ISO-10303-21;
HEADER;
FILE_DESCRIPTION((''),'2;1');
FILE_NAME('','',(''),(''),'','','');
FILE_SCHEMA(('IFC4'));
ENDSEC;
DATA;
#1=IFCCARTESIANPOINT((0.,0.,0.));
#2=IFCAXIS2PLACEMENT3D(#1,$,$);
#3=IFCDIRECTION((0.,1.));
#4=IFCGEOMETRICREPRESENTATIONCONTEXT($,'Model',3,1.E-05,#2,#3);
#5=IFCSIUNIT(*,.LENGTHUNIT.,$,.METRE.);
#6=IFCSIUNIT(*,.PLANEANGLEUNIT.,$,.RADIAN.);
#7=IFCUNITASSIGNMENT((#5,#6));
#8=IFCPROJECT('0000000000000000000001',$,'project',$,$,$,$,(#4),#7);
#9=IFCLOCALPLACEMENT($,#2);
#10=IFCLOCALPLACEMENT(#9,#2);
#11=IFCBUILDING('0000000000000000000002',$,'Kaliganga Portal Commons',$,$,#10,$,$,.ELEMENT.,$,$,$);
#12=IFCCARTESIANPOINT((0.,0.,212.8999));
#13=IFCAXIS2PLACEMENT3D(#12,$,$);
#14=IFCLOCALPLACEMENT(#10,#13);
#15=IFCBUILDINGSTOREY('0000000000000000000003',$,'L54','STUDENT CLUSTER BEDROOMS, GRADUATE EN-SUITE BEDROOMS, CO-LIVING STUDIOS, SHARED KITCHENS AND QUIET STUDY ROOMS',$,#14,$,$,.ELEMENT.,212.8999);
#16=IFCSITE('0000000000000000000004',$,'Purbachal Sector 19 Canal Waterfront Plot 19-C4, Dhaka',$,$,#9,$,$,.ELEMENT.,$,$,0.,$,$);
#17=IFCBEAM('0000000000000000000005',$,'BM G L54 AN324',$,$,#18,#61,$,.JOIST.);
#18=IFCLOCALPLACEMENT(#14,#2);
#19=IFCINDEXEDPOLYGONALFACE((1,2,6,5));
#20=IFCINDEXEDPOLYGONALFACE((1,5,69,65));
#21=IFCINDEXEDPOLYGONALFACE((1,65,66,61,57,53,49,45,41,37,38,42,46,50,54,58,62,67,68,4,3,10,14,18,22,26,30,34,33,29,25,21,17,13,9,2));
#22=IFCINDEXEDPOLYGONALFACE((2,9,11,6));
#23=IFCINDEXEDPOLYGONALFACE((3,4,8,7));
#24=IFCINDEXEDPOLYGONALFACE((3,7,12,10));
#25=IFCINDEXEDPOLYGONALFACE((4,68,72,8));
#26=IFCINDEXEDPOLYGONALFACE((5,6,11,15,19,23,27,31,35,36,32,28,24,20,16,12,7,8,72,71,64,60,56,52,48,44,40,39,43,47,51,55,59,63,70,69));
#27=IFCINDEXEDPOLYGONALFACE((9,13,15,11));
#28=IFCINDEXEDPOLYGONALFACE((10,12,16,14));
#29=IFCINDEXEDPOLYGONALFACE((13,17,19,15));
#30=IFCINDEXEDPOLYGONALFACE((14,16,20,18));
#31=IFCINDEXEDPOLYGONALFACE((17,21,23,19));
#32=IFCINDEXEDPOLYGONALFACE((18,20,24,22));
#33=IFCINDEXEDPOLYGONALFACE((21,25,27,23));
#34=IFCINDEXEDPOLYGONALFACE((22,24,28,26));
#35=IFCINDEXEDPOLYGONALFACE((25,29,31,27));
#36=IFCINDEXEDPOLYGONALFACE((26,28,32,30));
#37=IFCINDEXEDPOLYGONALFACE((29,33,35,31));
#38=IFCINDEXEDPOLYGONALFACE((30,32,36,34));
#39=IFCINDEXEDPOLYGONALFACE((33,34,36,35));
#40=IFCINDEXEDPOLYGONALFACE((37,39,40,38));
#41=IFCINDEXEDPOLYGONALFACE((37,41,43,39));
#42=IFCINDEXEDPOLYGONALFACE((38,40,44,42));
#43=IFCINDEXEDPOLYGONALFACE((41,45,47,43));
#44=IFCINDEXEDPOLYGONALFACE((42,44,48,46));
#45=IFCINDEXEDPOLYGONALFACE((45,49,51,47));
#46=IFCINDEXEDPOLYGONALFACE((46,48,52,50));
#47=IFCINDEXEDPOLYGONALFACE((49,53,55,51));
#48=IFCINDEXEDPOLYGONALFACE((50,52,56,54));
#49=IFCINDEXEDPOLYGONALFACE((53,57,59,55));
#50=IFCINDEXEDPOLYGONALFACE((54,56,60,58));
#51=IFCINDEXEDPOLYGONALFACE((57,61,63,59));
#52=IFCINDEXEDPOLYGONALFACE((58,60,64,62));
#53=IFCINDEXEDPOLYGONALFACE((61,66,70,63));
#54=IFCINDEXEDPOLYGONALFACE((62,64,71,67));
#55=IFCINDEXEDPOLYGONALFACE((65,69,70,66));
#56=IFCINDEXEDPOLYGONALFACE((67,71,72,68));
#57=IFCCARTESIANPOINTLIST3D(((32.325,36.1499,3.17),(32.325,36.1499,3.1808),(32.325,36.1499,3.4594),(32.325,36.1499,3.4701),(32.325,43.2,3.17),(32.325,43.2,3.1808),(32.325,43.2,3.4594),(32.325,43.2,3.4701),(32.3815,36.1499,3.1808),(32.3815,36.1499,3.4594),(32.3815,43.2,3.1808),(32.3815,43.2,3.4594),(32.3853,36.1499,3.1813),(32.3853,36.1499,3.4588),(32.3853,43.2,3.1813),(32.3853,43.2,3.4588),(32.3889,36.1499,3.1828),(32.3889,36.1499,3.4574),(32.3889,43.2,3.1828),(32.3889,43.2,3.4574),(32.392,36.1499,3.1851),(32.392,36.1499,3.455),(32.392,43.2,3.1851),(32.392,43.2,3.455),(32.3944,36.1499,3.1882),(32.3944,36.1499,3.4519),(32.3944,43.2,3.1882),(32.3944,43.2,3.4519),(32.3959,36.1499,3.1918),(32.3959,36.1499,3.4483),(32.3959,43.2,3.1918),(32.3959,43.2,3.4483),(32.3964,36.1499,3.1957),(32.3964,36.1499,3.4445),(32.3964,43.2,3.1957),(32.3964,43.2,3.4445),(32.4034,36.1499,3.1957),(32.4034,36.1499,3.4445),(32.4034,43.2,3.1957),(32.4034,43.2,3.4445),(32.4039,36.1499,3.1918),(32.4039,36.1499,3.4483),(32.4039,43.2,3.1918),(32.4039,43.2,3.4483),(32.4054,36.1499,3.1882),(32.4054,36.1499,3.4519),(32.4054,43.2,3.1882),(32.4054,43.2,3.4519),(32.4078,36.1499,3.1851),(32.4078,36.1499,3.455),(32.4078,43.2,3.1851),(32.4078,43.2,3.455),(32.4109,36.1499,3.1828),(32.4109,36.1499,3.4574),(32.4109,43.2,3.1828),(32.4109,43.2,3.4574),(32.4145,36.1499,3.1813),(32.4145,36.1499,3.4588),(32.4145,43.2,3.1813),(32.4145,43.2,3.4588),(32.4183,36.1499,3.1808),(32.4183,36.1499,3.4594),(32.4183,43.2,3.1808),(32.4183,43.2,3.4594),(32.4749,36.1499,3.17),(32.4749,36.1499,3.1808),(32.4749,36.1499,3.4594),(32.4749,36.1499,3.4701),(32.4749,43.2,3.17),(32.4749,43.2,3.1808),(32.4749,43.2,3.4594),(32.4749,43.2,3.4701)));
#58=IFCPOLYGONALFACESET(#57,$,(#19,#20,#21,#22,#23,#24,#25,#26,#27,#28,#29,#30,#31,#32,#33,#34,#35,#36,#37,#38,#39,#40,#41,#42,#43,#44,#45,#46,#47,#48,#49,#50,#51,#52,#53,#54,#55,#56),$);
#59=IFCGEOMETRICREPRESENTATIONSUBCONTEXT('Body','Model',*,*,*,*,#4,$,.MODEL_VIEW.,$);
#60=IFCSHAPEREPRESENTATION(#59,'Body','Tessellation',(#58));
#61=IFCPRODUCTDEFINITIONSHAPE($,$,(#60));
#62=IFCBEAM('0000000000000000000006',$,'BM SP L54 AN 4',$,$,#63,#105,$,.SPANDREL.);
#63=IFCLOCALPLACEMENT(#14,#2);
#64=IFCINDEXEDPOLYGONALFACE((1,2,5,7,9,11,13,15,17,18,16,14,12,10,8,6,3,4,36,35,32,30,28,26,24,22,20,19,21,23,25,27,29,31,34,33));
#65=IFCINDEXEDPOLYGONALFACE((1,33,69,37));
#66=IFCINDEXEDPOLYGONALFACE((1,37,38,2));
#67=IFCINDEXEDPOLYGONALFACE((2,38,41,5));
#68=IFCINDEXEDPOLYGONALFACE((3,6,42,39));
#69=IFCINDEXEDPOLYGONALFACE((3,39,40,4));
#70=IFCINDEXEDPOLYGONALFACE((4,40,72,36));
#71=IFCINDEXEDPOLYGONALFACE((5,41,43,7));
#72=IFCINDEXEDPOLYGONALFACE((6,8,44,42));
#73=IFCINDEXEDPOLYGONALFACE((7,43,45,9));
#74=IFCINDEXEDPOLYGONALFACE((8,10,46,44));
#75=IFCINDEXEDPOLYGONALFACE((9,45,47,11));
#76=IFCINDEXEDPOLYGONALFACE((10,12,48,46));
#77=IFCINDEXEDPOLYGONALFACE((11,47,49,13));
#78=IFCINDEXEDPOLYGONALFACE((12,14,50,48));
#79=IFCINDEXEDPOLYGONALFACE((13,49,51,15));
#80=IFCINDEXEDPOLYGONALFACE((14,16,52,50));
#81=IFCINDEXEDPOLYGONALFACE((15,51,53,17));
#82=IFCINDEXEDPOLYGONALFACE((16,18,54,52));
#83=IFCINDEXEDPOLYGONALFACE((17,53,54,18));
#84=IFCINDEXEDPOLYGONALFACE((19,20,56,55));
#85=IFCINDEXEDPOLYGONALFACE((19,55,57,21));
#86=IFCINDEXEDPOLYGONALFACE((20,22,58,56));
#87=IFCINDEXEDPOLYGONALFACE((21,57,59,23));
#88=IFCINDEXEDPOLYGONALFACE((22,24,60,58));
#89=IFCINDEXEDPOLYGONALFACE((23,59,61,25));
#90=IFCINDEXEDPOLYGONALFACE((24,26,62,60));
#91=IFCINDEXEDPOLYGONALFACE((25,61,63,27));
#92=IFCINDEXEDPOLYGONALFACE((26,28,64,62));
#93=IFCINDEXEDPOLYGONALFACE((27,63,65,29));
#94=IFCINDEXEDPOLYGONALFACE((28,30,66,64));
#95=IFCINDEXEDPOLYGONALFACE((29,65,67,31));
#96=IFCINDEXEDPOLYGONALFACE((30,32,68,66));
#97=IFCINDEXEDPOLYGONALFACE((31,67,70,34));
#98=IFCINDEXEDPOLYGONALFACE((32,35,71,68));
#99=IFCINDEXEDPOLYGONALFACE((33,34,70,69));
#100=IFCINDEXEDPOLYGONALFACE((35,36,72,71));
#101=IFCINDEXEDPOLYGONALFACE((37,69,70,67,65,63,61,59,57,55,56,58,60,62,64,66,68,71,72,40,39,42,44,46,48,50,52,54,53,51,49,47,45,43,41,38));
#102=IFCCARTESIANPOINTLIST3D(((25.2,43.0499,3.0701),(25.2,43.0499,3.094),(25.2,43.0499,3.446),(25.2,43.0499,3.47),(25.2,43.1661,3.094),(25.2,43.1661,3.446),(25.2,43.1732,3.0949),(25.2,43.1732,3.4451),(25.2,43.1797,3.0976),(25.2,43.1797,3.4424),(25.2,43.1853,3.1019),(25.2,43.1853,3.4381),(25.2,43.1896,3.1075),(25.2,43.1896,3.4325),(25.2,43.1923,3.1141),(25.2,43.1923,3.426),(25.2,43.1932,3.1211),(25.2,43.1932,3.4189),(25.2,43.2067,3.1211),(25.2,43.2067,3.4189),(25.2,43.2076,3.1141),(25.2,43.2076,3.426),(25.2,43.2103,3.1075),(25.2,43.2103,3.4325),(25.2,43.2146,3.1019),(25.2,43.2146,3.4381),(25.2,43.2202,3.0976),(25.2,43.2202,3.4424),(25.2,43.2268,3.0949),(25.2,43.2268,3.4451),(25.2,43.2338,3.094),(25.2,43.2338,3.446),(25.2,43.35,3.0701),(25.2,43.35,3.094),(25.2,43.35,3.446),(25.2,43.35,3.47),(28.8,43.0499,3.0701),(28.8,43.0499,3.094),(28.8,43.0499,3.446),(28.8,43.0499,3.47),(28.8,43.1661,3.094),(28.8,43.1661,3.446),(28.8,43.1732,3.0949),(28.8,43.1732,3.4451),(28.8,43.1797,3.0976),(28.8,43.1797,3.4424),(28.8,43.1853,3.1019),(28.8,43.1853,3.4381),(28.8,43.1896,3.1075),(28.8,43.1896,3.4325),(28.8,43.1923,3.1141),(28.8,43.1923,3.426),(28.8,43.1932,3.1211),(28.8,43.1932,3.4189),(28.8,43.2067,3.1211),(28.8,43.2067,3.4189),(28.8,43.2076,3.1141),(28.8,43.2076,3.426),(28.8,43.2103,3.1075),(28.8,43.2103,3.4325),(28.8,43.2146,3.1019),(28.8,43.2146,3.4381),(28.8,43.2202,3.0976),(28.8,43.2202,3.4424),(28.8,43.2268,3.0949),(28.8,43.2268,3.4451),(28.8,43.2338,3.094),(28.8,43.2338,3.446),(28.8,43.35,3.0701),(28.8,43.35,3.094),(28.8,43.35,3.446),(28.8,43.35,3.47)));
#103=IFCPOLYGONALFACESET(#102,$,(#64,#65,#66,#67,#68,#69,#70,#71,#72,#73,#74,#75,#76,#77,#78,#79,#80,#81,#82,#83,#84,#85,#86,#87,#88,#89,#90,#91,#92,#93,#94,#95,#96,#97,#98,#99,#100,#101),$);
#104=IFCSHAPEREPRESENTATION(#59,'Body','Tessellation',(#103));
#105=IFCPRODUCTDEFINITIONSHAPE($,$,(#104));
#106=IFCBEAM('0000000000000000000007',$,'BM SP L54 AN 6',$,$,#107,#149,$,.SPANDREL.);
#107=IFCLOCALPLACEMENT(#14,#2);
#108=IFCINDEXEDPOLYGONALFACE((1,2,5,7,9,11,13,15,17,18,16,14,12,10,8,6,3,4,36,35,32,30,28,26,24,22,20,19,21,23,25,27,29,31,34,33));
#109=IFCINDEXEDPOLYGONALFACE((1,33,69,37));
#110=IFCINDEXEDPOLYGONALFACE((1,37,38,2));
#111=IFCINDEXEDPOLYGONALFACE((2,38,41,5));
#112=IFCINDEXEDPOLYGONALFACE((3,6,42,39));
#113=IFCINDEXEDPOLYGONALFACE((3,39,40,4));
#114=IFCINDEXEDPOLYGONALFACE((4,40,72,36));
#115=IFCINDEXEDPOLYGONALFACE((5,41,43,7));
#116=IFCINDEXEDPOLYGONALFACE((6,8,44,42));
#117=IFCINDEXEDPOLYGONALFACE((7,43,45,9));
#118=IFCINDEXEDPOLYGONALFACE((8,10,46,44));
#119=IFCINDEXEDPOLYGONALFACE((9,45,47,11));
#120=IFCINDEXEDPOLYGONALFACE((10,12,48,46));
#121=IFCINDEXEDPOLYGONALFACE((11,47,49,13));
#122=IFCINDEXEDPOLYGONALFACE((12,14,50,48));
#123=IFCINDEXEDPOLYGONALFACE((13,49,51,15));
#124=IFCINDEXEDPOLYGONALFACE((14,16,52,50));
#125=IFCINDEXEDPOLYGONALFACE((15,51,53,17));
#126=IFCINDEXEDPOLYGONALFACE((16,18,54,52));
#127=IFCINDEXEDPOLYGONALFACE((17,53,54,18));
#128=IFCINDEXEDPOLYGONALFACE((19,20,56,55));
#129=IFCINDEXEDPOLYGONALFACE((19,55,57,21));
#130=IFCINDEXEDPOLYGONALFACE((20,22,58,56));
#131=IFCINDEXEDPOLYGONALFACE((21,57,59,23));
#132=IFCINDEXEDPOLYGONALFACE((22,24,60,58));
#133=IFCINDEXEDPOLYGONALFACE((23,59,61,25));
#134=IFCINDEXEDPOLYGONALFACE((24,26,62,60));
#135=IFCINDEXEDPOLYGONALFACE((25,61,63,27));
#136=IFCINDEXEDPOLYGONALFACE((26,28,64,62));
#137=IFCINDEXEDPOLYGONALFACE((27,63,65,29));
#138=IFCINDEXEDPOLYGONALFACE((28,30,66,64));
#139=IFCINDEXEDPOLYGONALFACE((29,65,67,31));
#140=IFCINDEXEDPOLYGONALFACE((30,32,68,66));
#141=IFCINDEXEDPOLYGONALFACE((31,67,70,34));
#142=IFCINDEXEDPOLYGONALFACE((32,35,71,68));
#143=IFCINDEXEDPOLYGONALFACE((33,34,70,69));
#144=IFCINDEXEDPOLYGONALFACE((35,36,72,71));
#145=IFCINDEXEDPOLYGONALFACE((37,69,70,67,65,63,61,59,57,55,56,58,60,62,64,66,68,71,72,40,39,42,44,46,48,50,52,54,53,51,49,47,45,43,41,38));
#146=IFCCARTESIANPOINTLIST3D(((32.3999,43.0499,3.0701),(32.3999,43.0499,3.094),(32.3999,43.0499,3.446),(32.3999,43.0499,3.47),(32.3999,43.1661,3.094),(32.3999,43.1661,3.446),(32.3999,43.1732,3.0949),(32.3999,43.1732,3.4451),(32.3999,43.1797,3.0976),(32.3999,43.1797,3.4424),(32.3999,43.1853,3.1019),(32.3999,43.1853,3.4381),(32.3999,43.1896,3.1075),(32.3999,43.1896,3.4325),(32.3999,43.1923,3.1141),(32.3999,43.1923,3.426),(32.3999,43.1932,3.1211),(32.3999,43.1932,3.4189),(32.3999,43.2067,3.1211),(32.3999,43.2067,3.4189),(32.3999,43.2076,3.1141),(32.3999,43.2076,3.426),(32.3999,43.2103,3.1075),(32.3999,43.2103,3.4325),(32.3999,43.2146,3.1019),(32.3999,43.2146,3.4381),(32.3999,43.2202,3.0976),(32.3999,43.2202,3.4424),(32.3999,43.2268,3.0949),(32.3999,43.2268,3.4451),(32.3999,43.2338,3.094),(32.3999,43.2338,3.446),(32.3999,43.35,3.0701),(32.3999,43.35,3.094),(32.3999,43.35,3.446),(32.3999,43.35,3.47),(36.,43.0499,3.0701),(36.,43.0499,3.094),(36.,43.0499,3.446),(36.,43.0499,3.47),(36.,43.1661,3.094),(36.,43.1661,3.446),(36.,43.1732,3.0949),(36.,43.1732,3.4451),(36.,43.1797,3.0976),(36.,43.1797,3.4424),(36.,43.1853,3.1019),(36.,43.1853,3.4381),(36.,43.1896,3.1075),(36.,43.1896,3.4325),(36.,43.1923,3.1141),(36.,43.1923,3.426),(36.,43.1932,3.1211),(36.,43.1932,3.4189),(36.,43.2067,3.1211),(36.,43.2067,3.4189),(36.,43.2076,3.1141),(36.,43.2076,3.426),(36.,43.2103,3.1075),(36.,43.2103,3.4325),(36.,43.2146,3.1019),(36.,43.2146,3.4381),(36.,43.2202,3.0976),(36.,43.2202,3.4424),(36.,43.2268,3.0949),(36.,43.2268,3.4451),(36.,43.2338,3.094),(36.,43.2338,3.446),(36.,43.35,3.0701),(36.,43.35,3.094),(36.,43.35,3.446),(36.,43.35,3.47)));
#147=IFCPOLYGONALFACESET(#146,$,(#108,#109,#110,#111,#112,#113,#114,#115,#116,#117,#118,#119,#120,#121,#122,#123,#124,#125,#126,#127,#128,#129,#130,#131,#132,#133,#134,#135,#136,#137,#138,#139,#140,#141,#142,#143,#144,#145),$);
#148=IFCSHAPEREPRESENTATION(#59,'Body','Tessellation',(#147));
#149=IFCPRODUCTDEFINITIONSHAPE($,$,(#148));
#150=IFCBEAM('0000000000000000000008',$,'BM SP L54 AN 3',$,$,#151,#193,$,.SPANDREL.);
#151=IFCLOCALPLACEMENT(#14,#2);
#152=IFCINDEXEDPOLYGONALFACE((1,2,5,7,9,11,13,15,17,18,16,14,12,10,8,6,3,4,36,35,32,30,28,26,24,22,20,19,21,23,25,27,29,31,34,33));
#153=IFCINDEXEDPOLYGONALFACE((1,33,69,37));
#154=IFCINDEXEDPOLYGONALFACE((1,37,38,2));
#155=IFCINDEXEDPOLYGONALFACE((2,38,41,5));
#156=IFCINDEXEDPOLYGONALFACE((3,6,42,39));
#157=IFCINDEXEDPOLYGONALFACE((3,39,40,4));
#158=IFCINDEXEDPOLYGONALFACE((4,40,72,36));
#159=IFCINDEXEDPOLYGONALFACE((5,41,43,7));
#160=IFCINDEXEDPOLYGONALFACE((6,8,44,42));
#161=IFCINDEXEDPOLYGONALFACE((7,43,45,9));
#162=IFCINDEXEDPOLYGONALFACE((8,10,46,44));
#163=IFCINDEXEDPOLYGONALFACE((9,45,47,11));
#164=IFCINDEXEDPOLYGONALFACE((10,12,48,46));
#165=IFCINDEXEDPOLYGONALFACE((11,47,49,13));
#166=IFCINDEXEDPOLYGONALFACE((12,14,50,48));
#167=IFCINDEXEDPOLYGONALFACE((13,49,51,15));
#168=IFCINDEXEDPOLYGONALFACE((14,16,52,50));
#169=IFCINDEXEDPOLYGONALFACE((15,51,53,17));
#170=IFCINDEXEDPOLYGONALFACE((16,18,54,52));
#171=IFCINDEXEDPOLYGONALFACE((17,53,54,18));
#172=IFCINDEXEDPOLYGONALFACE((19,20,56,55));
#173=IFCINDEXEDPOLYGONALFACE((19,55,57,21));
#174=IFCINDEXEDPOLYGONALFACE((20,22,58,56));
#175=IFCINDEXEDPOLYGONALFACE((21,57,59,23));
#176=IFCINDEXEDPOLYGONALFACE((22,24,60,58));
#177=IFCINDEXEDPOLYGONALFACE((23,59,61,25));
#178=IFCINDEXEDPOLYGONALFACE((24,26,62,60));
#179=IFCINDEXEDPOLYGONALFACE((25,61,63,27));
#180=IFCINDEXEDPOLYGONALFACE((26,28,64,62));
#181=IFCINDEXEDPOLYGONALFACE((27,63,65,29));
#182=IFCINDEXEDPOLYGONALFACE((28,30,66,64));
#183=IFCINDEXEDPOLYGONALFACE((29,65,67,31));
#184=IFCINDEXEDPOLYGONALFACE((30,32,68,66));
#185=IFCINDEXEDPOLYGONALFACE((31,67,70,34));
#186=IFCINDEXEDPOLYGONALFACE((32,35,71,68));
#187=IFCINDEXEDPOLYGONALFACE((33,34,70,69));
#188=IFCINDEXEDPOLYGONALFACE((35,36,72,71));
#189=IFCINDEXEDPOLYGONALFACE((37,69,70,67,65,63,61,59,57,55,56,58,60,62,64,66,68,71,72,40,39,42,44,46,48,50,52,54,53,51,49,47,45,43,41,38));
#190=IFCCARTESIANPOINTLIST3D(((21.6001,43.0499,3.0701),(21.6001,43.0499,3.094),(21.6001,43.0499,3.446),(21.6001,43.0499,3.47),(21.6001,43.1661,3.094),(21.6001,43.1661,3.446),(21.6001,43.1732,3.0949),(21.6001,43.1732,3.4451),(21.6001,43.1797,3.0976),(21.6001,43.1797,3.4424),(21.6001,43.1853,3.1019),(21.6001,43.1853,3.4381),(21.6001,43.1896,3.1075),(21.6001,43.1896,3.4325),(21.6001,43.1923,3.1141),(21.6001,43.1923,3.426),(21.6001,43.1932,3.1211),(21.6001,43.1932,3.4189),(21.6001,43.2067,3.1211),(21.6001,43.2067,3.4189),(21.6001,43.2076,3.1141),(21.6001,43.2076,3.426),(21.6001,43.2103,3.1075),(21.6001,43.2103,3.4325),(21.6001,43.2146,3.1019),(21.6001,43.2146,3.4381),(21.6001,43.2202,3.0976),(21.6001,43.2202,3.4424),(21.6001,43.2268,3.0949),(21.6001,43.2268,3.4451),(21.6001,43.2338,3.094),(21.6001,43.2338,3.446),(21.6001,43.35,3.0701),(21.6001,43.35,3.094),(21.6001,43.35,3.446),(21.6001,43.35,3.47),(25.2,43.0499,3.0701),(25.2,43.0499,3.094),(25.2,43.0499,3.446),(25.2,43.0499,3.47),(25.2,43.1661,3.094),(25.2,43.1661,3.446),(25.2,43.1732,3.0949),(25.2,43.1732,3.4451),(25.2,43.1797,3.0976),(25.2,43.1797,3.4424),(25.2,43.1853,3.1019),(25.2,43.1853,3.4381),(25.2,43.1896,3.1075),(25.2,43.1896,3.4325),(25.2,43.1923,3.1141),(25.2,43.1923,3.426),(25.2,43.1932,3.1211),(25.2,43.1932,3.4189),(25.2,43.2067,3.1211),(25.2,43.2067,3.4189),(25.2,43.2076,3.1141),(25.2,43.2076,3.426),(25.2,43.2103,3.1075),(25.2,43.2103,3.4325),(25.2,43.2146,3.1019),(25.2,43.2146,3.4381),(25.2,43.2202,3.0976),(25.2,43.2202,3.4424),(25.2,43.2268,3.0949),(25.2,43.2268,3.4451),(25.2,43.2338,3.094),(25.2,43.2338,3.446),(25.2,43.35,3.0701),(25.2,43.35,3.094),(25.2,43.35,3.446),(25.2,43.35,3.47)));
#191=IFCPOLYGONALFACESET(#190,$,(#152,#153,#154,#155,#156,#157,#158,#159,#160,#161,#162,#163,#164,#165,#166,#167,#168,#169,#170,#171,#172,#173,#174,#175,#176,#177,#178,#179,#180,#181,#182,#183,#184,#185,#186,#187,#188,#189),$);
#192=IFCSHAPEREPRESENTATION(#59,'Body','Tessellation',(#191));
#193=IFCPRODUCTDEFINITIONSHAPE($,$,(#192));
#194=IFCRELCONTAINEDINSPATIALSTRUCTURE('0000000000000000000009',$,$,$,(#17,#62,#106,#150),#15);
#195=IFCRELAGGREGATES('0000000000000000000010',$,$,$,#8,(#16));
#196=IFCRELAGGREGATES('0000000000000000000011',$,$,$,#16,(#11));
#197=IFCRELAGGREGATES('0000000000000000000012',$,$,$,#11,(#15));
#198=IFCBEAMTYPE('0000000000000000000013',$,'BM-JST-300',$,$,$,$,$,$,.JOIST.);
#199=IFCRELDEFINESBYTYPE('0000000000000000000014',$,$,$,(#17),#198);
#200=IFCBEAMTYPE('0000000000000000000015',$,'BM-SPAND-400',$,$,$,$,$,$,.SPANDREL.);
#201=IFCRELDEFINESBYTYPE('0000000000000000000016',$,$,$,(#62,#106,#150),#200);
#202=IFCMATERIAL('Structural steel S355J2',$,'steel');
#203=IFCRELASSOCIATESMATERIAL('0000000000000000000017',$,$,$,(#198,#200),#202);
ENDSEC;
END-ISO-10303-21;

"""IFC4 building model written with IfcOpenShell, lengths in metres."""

from ifc_helpers import new_model, si_unit, direction, frame, origin, origin_2d, place, context, subcontext, project, spatial, i_section, extrude, source, transform, mapped, material, material_profile, profile_set, type_object, element, save


model = new_model("IFC4")

# Units and contexts
model_context = context("Model", 3, precision=1e-05, world=origin(), true_north=direction((0.0, 1.0)))
body_context = subcontext(model_context, "Body", "Model", "MODEL_VIEW")
ifc_project = project(units=[si_unit("LENGTHUNIT", "METRE"), si_unit("PLANEANGLEUNIT", "RADIAN")], contexts=[model_context])

# Site, building, storey
site_placement = place(None, origin())
site = spatial("IfcSite", under=ifc_project, at=site_placement, Name="Purbachal Sector 19 Canal Waterfront Plot 19-C4, Dhaka", CompositionType="ELEMENT", RefElevation=0.0)
building_placement = place(site_placement, origin())
building = spatial("IfcBuilding", under=site, at=building_placement, Name="Kaliganga Portal Commons", CompositionType="ELEMENT")
storey_placement = place(building_placement, frame((0.0, 0.0, 212.8999)))
storey = spatial("IfcBuildingStorey", under=building, at=storey_placement, Name="L54", Description="STUDENT CLUSTER BEDROOMS, GRADUATE EN-SUITE BEDROOMS, CO-LIVING STUDIOS, SHARED KITCHENS AND QUIET STUDY ROOMS", CompositionType="ELEMENT", Elevation=212.8999)

# Shared definitions
ifc_material_1 = material(Name="Structural steel S355J2", Category="steel")

# Beams
ifc_material_profile_1 = material_profile(ifc_material_1, i_section(OverallWidth=0.1499, OverallDepth=0.3, WebThickness=0.0071, FlangeThickness=0.0107, FilletRadius=0.0149, at=origin_2d()), Name="IPE 300")
ifc_profile_set_1 = profile_set([ifc_material_profile_1], Name="Structural steel S355J2 wide-flange")
beam_type_1 = type_object("IfcBeamType", Name="BM-JST-300", PredefinedType="JOIST", material=ifc_profile_set_1)
shared_shape_1 = source(origin(), body_context, "Body", "SweptSolid", [
    extrude(i_section(OverallWidth=0.1499, OverallDepth=0.3, WebThickness=0.0071, FlangeThickness=0.0107, FilletRadius=0.0149, at=origin_2d()), origin(), (0.0, 0.0, 1.0), 7.05),
])
beam_1_placement = place(storey_placement, frame((32.3999, 36.1499, 3.3201), z_axis=(0.0, 1.0, 0.0), x_axis=(-1.0, 0.0, 0.0)))
element("IfcBeam", 1, at=beam_1_placement, inside=storey, type_object=beam_type_1, Name="BM G L54 AN324", PredefinedType="JOIST", context=body_context, shape_type="MappedRepresentation", body=[
    mapped(shared_shape_1, transform((0.0, 0.0, 0.0), x_axis=(1.0, 0.0, 0.0), y_axis=(0.0, 1.0, 0.0), z_axis=(0.0, 0.0, 1.0), scale=1.0)),
])
ifc_material_profile_2 = material_profile(ifc_material_1, i_section(OverallWidth=0.3, OverallDepth=0.3999, WebThickness=0.0134, FlangeThickness=0.0239, FilletRadius=0.0271, at=origin_2d()), Name="HE 400 B")
ifc_profile_set_2 = profile_set([ifc_material_profile_2], Name="Structural steel S355J2 wide-flange")
beam_type_2 = type_object("IfcBeamType", Name="BM-SPAND-400", PredefinedType="SPANDREL", material=ifc_profile_set_2)
shared_shape_2 = source(origin(), body_context, "Body", "SweptSolid", [
    extrude(i_section(OverallWidth=0.3, OverallDepth=0.3999, WebThickness=0.0134, FlangeThickness=0.0239, FilletRadius=0.0271, at=origin_2d()), origin(), (0.0, 0.0, 1.0), 3.6001),
])
for number, where, z_axis, x_axis, name in (
    (2, (25.2, 43.2, 3.27), (1.0, 0.0, 0.0), (0.0, 1.0, 0.0), "BM SP L54 AN 4"),
    (3, (32.3999, 43.2, 3.27), (1.0, 0.0, 0.0), (0.0, 1.0, 0.0), "BM SP L54 AN 6"),
):
    element("IfcBeam", number, at=place(storey_placement, frame(where, z_axis=z_axis, x_axis=x_axis)), inside=storey, type_object=beam_type_2, Name=name, PredefinedType="SPANDREL", context=body_context, shape_type="MappedRepresentation", body=[
        mapped(shared_shape_2, transform((0.0, 0.0, 0.0), x_axis=(1.0, 0.0, 0.0), y_axis=(0.0, 1.0, 0.0), z_axis=(0.0, 0.0, 1.0), scale=1.0)),
    ])
shared_shape_3 = source(origin(), body_context, "Body", "SweptSolid", [
    extrude(i_section(OverallWidth=0.3, OverallDepth=0.3999, WebThickness=0.0134, FlangeThickness=0.0239, FilletRadius=0.0271, at=origin_2d()), origin(), (0.0, 0.0, 1.0), 3.5999),
])
for number, where, z_axis, x_axis, name in (
    (4, (21.6001, 43.2, 3.27), (1.0, 0.0, 0.0), (0.0, 1.0, 0.0), "BM SP L54 AN 3"),
):
    element("IfcBeam", number, at=place(storey_placement, frame(where, z_axis=z_axis, x_axis=x_axis)), inside=storey, type_object=beam_type_2, Name=name, PredefinedType="SPANDREL", context=body_context, shape_type="MappedRepresentation", body=[
        mapped(shared_shape_3, transform((0.0, 0.0, 0.0), x_axis=(1.0, 0.0, 0.0), y_axis=(0.0, 1.0, 0.0), z_axis=(0.0, 0.0, 1.0), scale=1.0)),
    ])

save(model, "model.ifc")
